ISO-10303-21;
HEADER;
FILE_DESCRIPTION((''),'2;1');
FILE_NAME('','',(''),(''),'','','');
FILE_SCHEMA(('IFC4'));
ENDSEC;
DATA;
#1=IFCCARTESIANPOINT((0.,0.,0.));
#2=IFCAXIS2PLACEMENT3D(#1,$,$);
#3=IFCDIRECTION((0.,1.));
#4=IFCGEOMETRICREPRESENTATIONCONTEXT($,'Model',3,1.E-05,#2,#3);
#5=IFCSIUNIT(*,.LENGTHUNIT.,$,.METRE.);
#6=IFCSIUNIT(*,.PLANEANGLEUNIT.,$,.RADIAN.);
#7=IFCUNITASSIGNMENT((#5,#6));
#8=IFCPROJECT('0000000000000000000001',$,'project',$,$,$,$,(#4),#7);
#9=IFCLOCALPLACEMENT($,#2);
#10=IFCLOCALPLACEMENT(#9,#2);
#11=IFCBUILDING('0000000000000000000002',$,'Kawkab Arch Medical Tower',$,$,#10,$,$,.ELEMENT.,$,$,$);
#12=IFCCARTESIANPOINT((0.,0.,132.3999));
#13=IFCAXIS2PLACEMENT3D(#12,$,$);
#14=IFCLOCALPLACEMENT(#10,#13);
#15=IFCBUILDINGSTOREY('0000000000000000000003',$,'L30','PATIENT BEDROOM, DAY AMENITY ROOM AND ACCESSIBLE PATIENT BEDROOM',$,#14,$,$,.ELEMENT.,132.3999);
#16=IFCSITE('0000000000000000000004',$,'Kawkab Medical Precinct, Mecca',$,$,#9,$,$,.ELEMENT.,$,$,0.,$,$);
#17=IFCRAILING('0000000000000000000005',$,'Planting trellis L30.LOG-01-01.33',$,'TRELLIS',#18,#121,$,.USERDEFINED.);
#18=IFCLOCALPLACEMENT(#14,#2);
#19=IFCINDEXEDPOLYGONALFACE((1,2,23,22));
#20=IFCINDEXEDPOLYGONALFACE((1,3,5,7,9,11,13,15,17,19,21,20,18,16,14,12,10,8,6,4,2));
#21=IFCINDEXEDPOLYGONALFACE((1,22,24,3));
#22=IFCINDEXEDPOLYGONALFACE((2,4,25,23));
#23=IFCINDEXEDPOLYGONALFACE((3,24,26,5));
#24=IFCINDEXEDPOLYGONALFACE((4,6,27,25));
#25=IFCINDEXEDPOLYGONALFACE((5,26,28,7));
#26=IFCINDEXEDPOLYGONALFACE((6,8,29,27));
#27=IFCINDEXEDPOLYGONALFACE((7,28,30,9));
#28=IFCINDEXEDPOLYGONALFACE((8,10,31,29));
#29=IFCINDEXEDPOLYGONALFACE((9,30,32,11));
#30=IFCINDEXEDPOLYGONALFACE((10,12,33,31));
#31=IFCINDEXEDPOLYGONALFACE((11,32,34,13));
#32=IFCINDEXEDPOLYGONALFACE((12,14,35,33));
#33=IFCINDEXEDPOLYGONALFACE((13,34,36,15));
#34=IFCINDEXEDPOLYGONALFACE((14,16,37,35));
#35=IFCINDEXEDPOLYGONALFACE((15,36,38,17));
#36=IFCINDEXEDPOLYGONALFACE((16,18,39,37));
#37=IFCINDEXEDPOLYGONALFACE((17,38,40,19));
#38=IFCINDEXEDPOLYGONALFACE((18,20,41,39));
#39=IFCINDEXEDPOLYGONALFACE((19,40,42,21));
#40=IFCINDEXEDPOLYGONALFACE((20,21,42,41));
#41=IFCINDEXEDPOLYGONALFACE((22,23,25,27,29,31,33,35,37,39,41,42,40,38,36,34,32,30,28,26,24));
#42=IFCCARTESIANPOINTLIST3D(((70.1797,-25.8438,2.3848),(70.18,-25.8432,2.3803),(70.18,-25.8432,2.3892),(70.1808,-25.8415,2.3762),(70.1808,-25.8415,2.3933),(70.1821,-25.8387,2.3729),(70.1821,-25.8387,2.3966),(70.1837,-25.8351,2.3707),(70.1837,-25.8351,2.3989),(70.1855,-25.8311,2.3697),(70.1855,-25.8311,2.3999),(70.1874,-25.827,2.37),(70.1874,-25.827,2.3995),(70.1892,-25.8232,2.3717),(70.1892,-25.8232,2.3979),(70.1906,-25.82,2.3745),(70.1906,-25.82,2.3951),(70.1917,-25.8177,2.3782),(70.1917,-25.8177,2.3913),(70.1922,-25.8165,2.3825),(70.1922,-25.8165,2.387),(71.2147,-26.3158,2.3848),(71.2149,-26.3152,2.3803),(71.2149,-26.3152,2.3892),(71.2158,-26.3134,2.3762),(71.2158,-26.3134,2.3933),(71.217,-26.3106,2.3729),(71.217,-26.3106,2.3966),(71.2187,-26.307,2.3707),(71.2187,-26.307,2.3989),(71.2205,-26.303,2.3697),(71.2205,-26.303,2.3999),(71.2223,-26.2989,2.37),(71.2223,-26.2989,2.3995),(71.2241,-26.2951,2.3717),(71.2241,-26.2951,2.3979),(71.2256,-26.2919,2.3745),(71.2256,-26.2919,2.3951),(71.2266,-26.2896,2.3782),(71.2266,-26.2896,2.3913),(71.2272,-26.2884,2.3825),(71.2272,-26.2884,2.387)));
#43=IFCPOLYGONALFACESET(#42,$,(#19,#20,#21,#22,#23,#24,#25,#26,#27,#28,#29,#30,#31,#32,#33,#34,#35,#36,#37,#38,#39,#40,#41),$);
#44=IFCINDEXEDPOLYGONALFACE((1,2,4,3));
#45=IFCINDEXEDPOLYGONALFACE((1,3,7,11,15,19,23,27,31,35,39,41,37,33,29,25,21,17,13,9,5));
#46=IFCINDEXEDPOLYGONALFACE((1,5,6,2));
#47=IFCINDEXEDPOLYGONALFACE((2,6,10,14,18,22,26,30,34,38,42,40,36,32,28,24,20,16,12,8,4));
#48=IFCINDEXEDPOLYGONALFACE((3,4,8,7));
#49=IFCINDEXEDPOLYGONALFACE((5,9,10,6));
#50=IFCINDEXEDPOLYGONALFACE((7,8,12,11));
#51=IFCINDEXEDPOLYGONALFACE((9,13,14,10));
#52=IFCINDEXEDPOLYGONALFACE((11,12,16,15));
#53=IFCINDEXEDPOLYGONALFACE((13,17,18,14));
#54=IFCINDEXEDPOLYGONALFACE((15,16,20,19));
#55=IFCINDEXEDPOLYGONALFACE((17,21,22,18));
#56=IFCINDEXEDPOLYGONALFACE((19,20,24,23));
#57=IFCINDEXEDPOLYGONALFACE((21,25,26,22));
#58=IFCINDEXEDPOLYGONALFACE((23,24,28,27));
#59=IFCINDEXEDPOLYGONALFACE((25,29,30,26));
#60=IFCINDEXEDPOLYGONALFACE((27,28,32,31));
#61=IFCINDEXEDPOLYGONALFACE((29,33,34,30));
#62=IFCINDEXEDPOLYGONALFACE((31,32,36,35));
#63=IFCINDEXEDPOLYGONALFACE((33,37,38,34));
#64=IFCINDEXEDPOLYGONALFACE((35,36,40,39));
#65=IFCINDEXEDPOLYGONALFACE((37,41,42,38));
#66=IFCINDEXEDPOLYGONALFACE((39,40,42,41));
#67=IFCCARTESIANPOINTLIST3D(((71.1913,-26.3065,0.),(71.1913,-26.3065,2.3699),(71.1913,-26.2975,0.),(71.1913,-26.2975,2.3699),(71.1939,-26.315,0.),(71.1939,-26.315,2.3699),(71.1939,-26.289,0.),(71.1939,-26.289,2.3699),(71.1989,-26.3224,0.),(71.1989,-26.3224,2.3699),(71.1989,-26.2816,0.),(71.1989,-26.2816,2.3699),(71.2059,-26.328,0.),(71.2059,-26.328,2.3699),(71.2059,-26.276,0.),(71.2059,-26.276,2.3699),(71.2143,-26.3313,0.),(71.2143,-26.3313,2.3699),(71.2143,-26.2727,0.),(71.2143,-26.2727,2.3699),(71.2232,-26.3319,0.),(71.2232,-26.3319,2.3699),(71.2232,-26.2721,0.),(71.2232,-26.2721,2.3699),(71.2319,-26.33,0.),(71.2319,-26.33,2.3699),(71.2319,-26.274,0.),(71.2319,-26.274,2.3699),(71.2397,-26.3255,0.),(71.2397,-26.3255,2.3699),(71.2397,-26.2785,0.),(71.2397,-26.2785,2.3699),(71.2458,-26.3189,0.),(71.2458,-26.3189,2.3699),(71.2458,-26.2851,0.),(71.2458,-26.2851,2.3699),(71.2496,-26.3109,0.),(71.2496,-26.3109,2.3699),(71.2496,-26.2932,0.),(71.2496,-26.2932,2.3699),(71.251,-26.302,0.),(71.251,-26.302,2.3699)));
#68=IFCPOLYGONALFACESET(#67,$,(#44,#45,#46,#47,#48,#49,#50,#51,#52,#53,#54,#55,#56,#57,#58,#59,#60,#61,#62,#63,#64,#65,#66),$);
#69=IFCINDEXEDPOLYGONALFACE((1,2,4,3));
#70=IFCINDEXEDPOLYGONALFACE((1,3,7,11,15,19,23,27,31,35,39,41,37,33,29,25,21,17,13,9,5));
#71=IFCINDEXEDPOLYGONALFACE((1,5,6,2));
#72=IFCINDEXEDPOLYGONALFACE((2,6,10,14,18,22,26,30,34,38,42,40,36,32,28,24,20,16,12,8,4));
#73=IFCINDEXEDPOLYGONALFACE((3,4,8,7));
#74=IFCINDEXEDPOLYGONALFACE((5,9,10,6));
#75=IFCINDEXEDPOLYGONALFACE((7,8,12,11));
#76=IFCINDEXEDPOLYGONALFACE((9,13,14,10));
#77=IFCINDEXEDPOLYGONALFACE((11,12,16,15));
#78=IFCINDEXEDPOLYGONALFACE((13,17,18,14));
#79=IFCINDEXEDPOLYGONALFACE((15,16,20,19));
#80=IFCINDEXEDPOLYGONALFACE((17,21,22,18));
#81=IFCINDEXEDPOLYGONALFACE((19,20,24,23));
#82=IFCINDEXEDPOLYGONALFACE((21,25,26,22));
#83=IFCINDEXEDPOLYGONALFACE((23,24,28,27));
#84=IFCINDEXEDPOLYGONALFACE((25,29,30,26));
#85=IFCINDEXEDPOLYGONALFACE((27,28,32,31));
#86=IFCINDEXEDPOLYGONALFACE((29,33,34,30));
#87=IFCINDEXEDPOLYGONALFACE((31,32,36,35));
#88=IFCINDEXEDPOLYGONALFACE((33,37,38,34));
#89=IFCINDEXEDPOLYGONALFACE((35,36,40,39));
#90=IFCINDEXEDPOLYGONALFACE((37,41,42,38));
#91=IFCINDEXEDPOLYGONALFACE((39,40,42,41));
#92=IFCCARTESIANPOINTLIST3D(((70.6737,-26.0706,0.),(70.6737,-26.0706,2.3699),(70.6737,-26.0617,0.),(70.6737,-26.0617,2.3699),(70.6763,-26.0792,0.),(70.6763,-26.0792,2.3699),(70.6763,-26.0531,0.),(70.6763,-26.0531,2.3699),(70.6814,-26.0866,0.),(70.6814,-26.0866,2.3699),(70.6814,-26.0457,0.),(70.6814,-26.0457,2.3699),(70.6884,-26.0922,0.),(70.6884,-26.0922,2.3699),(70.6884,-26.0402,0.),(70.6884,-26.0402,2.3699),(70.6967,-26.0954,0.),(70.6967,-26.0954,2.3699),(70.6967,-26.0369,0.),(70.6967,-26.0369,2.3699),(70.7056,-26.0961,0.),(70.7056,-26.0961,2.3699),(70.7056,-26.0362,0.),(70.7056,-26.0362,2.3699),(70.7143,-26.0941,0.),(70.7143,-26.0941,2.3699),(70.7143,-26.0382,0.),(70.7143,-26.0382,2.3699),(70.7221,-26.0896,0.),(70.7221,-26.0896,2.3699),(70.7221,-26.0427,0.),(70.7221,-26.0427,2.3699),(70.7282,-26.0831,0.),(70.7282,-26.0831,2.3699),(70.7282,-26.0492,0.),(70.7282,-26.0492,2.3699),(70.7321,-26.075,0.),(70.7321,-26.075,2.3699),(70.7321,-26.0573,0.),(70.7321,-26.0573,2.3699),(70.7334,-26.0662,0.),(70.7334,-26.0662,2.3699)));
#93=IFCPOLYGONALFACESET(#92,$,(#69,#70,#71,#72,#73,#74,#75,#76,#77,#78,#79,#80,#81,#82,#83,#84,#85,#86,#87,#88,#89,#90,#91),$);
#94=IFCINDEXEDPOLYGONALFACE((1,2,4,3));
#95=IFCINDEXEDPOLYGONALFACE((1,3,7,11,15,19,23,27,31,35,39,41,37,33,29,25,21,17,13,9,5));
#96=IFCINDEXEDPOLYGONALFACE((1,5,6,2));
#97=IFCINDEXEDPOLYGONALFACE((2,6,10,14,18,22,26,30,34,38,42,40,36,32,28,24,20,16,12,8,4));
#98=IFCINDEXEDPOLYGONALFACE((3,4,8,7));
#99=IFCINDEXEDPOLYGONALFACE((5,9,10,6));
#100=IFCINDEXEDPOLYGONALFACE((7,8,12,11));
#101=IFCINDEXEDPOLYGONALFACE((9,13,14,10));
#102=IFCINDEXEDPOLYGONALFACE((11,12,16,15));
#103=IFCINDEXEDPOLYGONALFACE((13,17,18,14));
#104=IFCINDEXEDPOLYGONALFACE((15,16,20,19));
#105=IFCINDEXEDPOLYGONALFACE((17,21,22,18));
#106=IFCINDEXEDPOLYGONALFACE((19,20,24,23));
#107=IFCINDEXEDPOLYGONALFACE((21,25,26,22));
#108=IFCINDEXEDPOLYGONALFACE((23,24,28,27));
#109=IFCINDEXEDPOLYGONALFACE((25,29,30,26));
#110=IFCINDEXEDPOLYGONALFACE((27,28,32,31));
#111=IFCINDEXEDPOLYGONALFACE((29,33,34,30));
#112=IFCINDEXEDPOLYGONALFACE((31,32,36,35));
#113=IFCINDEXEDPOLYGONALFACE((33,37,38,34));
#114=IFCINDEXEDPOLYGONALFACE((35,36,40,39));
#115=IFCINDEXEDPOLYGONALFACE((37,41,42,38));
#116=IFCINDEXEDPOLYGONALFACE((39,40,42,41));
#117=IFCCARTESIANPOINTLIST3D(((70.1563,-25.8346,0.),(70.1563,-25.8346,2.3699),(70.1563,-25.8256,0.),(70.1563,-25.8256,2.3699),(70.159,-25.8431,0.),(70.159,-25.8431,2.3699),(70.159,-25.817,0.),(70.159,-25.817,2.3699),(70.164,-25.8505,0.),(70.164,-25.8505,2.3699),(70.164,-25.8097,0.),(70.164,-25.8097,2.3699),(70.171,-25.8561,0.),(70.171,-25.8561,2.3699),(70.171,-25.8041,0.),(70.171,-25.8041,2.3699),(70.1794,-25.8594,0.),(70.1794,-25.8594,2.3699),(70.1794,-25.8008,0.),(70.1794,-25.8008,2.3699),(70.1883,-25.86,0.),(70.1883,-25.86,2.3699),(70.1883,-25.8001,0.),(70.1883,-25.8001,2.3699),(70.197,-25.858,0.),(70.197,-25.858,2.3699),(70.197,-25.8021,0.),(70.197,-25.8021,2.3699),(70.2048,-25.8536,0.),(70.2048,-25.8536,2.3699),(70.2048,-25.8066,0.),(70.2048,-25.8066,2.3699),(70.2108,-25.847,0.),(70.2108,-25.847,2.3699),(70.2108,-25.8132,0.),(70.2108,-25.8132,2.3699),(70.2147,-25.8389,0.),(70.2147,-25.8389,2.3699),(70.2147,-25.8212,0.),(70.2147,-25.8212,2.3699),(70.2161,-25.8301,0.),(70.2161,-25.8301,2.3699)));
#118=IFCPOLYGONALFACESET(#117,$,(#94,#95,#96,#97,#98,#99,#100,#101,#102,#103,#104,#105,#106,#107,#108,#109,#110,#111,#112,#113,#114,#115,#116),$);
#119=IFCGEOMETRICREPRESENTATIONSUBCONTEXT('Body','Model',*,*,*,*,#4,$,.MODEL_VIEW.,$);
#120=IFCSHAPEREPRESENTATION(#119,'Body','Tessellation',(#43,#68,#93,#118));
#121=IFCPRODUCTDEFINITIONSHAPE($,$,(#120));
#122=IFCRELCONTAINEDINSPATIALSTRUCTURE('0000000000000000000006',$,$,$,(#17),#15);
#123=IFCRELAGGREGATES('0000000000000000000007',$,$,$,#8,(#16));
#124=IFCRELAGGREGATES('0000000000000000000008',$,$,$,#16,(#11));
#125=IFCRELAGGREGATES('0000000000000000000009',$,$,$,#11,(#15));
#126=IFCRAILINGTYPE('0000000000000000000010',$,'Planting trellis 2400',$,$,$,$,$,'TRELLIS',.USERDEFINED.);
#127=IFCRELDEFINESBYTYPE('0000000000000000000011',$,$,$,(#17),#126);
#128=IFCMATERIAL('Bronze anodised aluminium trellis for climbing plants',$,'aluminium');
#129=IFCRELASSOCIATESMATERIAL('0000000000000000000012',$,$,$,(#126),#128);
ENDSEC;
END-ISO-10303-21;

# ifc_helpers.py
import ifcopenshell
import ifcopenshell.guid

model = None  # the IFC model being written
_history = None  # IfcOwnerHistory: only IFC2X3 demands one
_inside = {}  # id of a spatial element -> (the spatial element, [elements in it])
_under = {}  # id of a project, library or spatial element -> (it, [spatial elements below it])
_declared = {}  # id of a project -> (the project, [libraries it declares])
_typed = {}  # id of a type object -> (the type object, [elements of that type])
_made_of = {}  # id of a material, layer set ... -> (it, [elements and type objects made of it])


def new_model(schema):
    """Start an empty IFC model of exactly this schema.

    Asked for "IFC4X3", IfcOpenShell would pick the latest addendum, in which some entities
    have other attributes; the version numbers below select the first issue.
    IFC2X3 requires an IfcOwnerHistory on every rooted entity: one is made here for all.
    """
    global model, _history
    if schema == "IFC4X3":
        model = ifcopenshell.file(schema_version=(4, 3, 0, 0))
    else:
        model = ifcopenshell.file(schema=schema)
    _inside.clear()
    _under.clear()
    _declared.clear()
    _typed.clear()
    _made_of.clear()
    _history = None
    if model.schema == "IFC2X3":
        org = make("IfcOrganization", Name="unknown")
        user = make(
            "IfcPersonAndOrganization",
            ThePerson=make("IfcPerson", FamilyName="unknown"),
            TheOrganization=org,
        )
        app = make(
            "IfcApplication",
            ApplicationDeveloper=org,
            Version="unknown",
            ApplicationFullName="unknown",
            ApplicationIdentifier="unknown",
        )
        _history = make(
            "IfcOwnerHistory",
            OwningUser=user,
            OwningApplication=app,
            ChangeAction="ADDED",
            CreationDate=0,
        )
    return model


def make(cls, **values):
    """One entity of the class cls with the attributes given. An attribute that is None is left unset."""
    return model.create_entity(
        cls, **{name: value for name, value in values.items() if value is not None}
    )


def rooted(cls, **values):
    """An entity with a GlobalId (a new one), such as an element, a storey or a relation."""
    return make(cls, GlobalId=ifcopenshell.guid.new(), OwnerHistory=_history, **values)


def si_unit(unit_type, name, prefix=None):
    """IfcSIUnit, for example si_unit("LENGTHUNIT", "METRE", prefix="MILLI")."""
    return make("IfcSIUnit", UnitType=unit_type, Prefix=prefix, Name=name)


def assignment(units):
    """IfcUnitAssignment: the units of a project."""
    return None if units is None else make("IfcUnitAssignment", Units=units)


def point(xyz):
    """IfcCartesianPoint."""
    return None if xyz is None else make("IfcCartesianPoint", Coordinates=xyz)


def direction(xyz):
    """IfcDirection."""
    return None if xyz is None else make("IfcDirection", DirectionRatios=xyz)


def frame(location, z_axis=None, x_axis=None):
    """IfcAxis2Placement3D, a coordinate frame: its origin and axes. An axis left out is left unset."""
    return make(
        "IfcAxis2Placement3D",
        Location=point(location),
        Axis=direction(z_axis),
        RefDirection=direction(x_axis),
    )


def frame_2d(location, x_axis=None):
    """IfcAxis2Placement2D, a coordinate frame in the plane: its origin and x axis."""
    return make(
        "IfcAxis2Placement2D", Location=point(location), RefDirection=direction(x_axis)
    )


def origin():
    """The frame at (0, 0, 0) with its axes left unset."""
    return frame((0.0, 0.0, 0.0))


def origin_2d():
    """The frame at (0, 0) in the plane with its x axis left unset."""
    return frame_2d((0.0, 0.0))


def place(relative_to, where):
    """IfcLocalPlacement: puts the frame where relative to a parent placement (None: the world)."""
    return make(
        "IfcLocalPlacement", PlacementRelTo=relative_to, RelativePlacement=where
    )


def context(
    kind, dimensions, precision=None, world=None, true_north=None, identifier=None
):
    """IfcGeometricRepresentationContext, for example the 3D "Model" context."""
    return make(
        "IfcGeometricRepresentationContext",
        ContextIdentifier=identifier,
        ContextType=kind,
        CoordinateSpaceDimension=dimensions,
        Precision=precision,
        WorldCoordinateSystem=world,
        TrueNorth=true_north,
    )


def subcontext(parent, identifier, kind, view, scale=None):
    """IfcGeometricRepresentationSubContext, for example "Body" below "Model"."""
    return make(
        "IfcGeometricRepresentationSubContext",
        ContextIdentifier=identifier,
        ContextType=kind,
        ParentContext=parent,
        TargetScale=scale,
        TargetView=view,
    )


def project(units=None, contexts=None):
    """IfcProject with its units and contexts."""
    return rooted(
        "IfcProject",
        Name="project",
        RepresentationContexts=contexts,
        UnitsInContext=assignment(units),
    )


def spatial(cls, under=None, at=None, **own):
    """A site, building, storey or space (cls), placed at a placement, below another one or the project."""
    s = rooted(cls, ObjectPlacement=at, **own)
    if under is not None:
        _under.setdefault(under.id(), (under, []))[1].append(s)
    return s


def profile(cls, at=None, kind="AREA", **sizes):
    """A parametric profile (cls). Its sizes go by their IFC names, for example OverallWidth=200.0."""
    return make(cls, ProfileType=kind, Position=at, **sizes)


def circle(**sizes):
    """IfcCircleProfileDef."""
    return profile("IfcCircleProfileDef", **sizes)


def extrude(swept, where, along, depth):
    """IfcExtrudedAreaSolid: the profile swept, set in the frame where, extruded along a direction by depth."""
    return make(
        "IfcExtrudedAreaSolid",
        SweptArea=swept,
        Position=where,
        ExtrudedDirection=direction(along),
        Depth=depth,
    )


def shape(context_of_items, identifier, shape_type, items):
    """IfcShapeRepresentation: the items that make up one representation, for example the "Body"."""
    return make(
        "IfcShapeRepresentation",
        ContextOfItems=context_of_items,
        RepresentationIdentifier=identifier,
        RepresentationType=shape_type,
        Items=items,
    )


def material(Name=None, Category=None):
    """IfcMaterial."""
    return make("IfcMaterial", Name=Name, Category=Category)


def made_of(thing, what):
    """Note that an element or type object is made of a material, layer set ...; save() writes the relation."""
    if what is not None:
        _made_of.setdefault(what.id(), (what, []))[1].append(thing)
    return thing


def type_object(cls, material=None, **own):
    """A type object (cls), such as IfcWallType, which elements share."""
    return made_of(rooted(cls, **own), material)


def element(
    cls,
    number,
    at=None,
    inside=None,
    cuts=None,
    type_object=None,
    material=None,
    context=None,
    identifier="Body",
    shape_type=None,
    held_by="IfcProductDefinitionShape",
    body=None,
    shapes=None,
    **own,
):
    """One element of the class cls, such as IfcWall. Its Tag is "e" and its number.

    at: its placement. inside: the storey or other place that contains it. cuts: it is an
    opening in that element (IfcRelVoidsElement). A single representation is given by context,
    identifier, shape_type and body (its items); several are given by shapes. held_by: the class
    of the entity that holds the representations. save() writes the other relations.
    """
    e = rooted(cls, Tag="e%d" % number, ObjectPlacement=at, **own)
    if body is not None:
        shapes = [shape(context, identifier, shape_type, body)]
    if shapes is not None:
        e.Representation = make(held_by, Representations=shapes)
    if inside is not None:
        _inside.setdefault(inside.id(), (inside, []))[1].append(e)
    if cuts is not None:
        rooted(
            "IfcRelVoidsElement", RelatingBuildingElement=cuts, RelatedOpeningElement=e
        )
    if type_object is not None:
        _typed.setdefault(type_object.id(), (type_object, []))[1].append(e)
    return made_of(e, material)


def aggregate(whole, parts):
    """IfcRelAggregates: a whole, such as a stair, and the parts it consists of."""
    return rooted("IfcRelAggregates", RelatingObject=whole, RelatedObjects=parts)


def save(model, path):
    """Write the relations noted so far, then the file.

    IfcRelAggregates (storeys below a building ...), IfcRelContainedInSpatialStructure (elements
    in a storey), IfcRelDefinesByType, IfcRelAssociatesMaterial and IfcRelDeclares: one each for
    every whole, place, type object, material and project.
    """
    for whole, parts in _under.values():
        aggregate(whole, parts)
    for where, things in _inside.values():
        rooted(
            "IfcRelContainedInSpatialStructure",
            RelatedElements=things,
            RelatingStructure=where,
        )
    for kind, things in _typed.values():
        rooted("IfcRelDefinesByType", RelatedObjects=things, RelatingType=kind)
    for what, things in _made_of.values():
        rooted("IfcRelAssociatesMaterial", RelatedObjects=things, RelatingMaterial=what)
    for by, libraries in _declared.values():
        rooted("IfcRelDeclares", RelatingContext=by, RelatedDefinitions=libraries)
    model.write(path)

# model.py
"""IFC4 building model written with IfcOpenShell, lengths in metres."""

from ifc_helpers import new_model, si_unit, direction, frame, origin, origin_2d, place, context, subcontext, project, spatial, circle, extrude, material, type_object, element, save


model = new_model("IFC4")

# Units and contexts
model_context = context("Model", 3, precision=1e-05, world=origin(), true_north=direction((0.0, 1.0)))
body_context = subcontext(model_context, "Body", "Model", "MODEL_VIEW")
ifc_project = project(units=[si_unit("LENGTHUNIT", "METRE"), si_unit("PLANEANGLEUNIT", "RADIAN")], contexts=[model_context])

# Site, building, storey
site_placement = place(None, origin())
site = spatial("IfcSite", under=ifc_project, at=site_placement, Name="Kawkab Medical Precinct, Mecca", CompositionType="ELEMENT", RefElevation=0.0)
building_placement = place(site_placement, origin())
building = spatial("IfcBuilding", under=site, at=building_placement, Name="Kawkab Arch Medical Tower", CompositionType="ELEMENT")
storey_placement = place(building_placement, frame((0.0, 0.0, 132.3999)))
storey = spatial("IfcBuildingStorey", under=building, at=storey_placement, Name="L30", Description="PATIENT BEDROOM, DAY AMENITY ROOM AND ACCESSIBLE PATIENT BEDROOM", CompositionType="ELEMENT", Elevation=132.3999)

# Railing
ifc_material_1 = material(Name="Bronze anodised aluminium trellis for climbing plants", Category="aluminium")
railing_type = type_object("IfcRailingType", Name="Planting trellis 2400", ElementType="TRELLIS", PredefinedType="USERDEFINED", material=ifc_material_1)
railing_1_placement = place(storey_placement, frame((71.2209, -26.302, 0.0)))
element("IfcRailing", 1, at=railing_1_placement, inside=storey, type_object=railing_type, Name="Planting trellis L30.LOG-01-01.33", ObjectType="TRELLIS", PredefinedType="USERDEFINED", context=body_context, shape_type="SweptSolid", body=[
    extrude(circle(Radius=0.0151, at=origin_2d()), frame((0.0, 0.0, 2.3848), z_axis=(-0.909866, 0.414902, 0.0), x_axis=(-0.414902, -0.909866, 0.0)), (0.0, 0.0, 1.0), 1.1375),
    extrude(circle(Radius=0.03, at=origin_2d()), origin(), (0.0, 0.0, 1.0), 2.3699),
    extrude(circle(Radius=0.03, at=origin_2d()), frame((-0.5176, 0.2358, 0.0)), (0.0, 0.0, 1.0), 2.3699),
    extrude(circle(Radius=0.03, at=origin_2d()), frame((-1.0349, 0.4719, 0.0)), (0.0, 0.0, 1.0), 2.3699),
])

save(model, "model.ifc")
